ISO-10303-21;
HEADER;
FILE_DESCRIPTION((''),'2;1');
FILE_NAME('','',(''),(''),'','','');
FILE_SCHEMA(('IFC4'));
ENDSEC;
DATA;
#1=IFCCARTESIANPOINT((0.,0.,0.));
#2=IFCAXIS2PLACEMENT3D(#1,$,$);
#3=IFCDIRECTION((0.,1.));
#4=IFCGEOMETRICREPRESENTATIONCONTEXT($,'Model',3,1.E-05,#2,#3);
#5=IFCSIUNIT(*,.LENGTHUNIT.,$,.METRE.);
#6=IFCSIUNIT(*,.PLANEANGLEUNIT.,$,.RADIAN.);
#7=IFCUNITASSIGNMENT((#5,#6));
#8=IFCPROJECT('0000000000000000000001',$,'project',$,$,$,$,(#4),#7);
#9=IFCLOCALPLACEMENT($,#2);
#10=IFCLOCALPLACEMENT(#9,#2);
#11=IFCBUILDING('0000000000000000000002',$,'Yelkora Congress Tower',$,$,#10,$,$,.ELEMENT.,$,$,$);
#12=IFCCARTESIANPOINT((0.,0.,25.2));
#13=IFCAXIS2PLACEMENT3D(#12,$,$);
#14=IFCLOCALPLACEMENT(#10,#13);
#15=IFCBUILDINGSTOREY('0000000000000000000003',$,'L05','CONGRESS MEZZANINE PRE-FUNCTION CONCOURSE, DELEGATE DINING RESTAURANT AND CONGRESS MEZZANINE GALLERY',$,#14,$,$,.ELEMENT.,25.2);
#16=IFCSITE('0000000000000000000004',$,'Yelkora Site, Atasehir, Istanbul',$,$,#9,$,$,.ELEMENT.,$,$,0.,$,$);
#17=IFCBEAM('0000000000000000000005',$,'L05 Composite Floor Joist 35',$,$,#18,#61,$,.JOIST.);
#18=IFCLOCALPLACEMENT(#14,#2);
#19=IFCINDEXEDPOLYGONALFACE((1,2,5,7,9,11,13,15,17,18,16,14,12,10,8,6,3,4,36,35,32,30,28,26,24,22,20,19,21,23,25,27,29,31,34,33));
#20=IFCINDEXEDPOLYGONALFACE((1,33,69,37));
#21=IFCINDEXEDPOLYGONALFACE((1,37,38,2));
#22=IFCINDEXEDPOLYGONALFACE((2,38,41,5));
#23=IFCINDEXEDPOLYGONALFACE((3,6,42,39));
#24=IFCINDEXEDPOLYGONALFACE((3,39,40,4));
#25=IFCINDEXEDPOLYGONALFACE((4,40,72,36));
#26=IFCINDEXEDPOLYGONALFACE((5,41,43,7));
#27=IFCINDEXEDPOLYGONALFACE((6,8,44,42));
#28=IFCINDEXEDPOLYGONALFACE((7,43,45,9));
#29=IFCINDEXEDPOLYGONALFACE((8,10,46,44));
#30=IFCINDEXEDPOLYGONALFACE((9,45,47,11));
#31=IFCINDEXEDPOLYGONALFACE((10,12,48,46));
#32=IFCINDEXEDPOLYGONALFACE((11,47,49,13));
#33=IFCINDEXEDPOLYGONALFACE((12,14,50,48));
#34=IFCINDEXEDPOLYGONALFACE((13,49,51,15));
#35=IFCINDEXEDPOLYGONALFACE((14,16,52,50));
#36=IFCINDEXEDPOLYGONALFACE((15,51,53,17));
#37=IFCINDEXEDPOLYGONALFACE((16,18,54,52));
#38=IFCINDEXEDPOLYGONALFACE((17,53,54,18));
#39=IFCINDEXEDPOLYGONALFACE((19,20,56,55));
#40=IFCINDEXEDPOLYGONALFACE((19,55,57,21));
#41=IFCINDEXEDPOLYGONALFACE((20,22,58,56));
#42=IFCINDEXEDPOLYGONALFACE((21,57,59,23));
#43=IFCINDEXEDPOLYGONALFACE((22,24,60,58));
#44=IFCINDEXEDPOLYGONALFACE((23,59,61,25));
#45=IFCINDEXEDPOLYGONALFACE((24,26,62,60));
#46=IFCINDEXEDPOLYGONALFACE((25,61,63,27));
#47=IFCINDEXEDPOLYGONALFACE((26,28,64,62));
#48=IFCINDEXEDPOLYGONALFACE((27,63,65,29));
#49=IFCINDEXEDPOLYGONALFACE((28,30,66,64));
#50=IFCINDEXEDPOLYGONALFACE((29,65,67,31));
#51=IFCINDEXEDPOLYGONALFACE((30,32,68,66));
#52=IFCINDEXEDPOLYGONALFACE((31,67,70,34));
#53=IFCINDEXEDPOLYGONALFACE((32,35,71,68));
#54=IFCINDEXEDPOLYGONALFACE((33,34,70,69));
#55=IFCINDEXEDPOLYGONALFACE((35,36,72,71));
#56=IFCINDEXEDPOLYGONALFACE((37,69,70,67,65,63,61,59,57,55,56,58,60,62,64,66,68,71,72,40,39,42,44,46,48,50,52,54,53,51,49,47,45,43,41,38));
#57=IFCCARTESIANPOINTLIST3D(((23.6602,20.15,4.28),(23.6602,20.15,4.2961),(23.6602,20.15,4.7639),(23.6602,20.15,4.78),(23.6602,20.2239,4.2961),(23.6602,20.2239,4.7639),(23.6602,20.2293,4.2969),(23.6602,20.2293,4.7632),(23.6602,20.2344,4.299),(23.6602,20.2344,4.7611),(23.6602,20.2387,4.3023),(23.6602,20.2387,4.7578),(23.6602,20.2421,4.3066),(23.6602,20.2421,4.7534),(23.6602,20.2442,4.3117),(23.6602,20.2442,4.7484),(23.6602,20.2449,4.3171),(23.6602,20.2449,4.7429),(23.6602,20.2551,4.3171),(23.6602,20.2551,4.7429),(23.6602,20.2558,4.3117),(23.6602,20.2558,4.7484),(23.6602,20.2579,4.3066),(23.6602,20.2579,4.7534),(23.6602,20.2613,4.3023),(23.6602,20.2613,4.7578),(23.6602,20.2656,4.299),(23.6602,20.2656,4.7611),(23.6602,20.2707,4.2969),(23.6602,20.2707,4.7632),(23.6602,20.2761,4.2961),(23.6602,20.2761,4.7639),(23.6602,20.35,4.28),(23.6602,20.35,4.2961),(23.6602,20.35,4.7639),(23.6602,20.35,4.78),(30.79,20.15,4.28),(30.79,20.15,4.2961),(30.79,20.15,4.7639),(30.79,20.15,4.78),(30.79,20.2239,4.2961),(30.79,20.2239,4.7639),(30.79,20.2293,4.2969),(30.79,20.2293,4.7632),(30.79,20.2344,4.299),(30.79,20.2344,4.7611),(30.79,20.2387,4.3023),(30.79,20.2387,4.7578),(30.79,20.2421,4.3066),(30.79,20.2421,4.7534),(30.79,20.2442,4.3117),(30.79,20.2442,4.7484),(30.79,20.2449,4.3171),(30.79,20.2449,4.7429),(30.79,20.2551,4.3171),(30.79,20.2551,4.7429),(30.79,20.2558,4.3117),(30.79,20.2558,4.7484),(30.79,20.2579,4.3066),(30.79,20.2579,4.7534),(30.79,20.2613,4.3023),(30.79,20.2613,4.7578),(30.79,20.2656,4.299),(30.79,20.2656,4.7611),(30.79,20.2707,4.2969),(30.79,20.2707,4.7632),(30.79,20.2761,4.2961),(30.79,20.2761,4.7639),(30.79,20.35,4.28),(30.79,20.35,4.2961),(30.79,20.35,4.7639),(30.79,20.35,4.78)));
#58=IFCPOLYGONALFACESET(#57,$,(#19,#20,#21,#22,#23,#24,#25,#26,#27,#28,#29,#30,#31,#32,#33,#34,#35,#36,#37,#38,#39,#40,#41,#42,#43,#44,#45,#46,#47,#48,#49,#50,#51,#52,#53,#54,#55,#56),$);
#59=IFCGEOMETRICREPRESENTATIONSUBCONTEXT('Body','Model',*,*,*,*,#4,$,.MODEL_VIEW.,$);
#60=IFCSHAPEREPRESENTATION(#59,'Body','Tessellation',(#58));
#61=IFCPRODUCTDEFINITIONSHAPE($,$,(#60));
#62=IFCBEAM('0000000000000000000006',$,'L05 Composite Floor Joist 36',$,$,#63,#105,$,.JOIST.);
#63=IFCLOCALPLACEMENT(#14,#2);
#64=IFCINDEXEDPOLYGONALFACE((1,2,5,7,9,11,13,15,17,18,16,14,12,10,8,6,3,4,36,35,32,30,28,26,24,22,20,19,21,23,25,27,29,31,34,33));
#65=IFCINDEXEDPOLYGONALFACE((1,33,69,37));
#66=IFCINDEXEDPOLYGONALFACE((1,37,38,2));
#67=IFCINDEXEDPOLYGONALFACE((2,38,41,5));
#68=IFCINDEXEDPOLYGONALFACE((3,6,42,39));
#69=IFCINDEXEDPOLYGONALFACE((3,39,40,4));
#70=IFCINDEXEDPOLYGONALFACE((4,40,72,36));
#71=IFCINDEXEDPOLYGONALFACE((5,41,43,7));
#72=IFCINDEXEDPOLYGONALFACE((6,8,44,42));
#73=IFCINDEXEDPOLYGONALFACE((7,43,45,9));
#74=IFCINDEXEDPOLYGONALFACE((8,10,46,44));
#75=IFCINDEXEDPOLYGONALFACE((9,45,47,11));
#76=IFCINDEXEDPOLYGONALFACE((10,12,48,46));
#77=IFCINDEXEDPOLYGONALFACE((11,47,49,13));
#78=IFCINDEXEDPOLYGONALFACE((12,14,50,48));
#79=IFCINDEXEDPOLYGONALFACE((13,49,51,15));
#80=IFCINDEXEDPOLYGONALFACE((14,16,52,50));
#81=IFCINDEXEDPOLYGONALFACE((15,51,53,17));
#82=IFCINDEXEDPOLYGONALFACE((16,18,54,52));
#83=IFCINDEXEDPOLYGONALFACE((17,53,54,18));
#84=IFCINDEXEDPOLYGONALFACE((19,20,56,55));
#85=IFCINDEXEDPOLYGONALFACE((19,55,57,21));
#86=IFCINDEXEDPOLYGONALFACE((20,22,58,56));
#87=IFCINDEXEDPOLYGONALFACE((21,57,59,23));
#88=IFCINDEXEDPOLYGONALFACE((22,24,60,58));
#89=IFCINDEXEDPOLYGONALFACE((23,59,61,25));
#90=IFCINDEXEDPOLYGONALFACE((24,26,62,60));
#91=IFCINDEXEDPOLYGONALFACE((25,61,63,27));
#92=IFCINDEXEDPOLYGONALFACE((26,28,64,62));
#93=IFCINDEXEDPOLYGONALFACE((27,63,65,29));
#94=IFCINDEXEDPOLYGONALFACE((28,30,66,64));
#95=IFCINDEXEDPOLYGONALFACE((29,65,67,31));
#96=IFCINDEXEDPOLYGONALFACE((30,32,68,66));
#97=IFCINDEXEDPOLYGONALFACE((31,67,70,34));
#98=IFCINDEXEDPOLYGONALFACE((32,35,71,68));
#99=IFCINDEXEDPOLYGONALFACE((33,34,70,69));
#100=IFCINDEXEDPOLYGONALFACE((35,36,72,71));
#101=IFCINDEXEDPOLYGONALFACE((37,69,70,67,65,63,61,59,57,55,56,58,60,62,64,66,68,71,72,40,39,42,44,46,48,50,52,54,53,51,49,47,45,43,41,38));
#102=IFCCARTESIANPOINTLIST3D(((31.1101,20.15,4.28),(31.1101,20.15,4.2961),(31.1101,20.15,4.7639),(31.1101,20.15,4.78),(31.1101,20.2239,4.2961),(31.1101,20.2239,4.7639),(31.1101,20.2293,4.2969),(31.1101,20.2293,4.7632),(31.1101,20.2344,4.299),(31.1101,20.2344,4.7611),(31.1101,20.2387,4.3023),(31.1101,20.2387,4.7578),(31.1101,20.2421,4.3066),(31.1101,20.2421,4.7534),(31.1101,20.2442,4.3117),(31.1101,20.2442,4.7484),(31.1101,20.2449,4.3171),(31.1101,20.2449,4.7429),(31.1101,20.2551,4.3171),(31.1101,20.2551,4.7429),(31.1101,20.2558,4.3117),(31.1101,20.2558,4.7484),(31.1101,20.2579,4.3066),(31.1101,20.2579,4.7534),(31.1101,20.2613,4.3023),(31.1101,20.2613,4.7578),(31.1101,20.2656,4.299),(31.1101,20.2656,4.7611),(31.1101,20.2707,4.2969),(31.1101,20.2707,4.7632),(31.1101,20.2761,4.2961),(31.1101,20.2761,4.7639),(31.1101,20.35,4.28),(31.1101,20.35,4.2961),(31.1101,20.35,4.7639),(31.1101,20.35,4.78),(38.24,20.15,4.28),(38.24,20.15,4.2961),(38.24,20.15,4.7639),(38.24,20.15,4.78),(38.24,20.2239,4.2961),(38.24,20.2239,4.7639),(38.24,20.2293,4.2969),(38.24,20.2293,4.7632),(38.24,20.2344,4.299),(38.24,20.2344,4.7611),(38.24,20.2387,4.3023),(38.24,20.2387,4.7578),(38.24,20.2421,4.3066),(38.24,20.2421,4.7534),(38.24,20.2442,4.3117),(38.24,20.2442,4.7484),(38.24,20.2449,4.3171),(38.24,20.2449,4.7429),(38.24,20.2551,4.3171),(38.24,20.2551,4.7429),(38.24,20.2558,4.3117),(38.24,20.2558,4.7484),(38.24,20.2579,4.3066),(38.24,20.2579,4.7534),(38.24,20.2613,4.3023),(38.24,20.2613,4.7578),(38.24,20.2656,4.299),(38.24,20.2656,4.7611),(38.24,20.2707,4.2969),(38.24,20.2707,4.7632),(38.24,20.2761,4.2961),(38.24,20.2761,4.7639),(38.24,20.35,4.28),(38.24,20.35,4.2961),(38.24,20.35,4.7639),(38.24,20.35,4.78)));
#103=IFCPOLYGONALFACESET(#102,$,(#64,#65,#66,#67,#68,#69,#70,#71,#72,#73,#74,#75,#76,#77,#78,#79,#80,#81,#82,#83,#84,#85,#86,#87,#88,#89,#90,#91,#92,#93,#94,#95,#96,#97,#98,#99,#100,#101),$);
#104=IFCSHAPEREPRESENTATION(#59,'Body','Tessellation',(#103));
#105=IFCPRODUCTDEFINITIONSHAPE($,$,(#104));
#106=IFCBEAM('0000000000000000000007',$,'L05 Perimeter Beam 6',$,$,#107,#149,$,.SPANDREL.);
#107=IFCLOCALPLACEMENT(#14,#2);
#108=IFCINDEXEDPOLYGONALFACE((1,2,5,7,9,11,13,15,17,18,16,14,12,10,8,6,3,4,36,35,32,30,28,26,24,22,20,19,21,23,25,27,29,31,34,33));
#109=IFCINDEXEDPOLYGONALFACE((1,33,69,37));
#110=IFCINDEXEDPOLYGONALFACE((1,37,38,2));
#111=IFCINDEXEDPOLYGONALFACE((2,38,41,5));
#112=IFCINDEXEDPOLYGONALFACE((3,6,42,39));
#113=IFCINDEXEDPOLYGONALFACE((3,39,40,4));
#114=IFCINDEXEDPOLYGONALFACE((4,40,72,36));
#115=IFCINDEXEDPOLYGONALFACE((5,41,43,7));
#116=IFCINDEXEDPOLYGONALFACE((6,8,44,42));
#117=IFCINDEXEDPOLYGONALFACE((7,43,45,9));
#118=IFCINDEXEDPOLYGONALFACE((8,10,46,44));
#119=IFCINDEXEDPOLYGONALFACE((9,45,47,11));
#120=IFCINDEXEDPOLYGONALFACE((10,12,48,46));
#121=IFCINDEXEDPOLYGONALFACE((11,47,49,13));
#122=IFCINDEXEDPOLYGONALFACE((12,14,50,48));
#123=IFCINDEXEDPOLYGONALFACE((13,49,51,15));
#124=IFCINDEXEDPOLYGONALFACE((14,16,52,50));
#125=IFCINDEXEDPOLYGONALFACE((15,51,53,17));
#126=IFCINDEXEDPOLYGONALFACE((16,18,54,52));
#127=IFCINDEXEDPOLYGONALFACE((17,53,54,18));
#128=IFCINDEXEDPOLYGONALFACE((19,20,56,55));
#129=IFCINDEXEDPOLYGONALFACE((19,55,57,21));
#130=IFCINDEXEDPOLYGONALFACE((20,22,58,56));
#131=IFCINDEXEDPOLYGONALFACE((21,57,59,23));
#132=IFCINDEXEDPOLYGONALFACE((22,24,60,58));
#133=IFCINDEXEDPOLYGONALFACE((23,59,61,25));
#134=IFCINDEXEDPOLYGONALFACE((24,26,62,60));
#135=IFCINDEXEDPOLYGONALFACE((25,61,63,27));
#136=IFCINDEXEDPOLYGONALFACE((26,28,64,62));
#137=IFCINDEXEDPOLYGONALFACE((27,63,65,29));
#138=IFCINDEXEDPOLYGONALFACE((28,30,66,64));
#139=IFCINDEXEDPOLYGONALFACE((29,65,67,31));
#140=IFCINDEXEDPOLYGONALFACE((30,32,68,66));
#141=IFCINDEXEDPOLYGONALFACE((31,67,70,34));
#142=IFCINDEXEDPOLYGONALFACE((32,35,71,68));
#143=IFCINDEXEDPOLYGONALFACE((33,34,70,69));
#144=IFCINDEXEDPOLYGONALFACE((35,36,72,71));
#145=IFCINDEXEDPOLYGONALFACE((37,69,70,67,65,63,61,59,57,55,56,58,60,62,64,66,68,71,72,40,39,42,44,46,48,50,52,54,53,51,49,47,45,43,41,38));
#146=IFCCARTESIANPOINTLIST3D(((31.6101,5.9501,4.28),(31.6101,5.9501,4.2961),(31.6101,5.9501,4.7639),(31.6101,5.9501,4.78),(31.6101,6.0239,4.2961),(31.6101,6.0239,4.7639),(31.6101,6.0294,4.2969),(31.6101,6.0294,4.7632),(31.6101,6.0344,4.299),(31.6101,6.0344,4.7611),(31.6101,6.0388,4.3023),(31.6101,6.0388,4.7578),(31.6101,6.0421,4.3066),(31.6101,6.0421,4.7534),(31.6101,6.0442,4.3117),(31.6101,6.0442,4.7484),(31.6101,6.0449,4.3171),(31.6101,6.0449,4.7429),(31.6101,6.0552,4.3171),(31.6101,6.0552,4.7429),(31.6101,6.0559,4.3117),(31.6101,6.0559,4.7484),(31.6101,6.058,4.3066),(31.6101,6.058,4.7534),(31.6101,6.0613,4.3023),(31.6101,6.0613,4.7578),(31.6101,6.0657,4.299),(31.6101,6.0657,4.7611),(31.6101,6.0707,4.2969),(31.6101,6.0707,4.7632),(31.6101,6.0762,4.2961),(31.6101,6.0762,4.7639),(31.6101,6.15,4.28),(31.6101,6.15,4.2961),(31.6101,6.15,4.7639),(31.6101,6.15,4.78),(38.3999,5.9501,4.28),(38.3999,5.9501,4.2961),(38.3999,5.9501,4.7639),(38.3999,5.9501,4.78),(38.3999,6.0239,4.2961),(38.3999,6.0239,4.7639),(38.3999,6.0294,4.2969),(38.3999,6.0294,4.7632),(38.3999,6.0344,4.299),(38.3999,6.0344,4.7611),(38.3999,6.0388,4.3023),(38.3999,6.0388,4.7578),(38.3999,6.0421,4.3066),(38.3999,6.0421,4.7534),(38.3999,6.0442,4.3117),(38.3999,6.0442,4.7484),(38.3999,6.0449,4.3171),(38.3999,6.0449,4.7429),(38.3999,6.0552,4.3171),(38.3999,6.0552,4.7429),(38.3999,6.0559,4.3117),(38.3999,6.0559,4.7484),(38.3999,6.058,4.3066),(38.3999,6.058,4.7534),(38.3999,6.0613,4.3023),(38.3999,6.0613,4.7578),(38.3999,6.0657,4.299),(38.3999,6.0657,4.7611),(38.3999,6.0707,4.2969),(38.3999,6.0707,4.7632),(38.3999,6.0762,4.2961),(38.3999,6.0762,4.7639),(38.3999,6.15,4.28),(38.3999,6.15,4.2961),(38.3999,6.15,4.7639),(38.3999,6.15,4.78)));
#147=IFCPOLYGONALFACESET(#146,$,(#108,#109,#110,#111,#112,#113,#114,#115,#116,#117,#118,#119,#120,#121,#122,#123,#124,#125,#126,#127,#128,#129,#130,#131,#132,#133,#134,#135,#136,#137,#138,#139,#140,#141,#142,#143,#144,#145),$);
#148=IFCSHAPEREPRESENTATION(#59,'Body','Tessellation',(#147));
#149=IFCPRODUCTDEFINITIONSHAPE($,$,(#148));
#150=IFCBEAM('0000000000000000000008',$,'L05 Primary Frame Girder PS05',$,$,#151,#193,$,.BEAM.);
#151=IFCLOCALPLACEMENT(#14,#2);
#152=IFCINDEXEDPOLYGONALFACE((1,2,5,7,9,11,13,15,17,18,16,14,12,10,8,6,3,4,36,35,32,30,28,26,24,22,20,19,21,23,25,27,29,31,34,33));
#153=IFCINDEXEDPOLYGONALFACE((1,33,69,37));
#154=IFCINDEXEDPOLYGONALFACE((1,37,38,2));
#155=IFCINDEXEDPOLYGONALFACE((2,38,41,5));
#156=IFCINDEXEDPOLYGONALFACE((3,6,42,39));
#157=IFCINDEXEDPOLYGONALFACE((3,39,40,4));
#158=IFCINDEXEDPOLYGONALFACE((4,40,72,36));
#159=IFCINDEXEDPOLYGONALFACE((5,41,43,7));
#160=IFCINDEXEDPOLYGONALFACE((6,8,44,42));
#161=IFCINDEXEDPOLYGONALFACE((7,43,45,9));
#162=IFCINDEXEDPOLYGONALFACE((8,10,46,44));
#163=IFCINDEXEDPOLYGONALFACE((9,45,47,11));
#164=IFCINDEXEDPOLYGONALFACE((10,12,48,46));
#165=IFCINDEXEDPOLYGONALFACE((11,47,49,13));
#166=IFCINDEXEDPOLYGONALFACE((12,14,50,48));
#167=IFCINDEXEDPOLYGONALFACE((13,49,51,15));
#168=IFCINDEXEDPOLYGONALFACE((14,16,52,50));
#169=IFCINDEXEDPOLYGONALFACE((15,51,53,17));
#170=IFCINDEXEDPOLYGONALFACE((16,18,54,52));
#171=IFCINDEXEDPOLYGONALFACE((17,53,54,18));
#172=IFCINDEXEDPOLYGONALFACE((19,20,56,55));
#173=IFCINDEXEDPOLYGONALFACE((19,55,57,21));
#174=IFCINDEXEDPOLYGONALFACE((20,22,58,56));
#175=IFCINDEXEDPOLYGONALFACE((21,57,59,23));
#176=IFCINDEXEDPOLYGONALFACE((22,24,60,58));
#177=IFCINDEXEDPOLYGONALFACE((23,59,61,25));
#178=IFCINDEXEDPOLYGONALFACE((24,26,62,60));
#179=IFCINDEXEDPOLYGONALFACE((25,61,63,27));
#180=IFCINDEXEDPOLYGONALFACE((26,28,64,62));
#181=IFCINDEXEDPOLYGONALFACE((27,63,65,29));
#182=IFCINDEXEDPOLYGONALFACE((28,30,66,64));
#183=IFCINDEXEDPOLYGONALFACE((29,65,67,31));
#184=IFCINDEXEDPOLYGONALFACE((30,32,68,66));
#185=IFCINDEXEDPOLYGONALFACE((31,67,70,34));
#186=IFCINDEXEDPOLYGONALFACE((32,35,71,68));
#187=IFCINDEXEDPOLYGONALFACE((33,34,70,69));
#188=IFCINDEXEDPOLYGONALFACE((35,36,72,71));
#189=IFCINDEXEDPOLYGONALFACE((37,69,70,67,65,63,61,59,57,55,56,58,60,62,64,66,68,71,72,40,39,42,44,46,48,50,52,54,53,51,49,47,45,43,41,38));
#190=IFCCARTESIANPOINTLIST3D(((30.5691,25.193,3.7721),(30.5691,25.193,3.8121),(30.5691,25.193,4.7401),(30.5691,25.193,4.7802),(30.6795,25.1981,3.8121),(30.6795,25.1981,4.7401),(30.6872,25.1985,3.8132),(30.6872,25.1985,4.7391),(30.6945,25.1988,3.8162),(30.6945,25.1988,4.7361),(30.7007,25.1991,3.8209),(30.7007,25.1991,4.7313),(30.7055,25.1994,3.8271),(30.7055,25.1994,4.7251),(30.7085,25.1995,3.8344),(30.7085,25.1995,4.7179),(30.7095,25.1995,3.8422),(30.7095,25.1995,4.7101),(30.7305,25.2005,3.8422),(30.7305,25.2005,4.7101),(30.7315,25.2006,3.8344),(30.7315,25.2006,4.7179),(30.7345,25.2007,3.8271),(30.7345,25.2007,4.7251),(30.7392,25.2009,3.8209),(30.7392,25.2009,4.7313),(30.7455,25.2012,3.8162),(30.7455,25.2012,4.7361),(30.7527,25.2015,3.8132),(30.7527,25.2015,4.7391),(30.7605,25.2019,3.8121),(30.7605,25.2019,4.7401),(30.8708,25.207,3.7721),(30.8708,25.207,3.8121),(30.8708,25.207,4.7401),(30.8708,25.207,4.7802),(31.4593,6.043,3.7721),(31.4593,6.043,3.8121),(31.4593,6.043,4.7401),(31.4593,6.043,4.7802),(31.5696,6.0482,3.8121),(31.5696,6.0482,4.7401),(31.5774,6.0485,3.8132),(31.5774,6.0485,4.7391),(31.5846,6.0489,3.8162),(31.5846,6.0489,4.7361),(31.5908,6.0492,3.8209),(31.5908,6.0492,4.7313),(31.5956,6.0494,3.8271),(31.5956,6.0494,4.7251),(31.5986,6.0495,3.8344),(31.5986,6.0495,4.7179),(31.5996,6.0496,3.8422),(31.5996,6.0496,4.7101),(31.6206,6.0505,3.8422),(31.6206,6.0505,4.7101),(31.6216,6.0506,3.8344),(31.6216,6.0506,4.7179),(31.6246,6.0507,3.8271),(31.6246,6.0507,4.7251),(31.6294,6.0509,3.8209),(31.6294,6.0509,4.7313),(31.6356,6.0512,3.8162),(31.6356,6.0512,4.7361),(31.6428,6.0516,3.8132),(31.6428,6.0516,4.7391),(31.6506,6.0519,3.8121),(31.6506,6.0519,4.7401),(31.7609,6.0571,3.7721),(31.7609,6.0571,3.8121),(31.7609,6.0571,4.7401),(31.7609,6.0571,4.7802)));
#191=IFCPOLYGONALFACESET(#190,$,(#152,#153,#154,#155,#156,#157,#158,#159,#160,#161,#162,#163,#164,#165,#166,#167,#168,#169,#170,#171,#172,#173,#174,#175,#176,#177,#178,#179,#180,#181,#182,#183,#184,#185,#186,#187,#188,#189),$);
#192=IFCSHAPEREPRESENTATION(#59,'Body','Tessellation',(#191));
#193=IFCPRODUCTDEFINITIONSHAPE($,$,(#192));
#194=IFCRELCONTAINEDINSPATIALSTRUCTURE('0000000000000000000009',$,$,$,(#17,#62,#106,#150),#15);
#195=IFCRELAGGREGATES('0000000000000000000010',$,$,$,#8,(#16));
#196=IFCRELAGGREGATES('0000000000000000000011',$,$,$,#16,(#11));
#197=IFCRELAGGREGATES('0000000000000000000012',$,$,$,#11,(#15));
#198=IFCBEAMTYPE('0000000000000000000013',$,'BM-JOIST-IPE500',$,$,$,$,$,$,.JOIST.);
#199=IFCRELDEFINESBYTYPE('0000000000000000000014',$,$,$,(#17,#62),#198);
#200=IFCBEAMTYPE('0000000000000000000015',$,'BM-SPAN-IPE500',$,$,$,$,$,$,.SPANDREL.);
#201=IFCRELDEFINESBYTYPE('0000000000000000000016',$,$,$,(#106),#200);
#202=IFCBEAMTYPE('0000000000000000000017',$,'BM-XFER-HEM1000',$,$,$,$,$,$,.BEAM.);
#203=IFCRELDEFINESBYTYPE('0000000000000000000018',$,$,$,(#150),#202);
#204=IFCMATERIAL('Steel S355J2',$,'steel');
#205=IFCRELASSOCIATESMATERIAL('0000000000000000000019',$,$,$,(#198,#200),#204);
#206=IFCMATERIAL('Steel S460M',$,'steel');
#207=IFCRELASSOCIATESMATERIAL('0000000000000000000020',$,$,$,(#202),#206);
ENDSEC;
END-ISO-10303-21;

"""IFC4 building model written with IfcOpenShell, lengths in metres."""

from ifc_helpers import new_model, si_unit, direction, frame, origin, origin_2d, place, context, subcontext, project, spatial, i_section, extrude, material, material_profile, profile_set, type_object, element, save


model = new_model("IFC4")

# Units and contexts
model_context = context("Model", 3, precision=1e-05, world=origin(), true_north=direction((0.0, 1.0)))
body_context = subcontext(model_context, "Body", "Model", "MODEL_VIEW")
ifc_project = project(units=[si_unit("LENGTHUNIT", "METRE"), si_unit("PLANEANGLEUNIT", "RADIAN")], contexts=[model_context])

# Site, building, storey
site_placement = place(None, origin())
site = spatial("IfcSite", under=ifc_project, at=site_placement, Name="Yelkora Site, Atasehir, Istanbul", CompositionType="ELEMENT", RefElevation=0.0)
building_placement = place(site_placement, origin())
building = spatial("IfcBuilding", under=site, at=building_placement, Name="Yelkora Congress Tower", CompositionType="ELEMENT")
storey_placement = place(building_placement, frame((0.0, 0.0, 25.2)))
storey = spatial("IfcBuildingStorey", under=building, at=storey_placement, Name="L05", Description="CONGRESS MEZZANINE PRE-FUNCTION CONCOURSE, DELEGATE DINING RESTAURANT AND CONGRESS MEZZANINE GALLERY", CompositionType="ELEMENT", Elevation=25.2)

# Beams
ifc_material_1 = material(Name="Steel S355J2", Category="steel")
ifc_material_profile_1 = material_profile(ifc_material_1, i_section(OverallWidth=0.2, OverallDepth=0.5, WebThickness=0.0103, FlangeThickness=0.0161, FilletRadius=0.021, at=origin_2d()), Name="IPE 500")
ifc_profile_set_1 = profile_set([ifc_material_profile_1], Name="Steel S355J2")
beam_type_1 = type_object("IfcBeamType", Name="BM-JOIST-IPE500", PredefinedType="JOIST", material=ifc_profile_set_1)
for number, where, z_axis, x_axis, name in (
    (1, (23.6602, 20.25, 4.53), (1.0, 0.0, 0.0), (0.0, 1.0, 0.0), "L05 Composite Floor Joist 35"),
    (2, (31.1101, 20.25, 4.53), (1.0, 0.0, 0.0), (0.0, 1.0, 0.0), "L05 Composite Floor Joist 36"),
):
    element("IfcBeam", number, at=place(storey_placement, frame(where, z_axis=z_axis, x_axis=x_axis)), inside=storey, type_object=beam_type_1, Name=name, PredefinedType="JOIST", context=body_context, shape_type="SweptSolid", body=[
        extrude(i_section(OverallWidth=0.2, OverallDepth=0.5, WebThickness=0.0103, FlangeThickness=0.0161, FilletRadius=0.021, at=origin_2d()), origin(), (0.0, 0.0, 1.0), 7.1299),
    ])
ifc_material_profile_2 = material_profile(ifc_material_1, i_section(OverallWidth=0.2, OverallDepth=0.5, WebThickness=0.0103, FlangeThickness=0.0161, FilletRadius=0.021, at=origin_2d()), Name="IPE 500")
ifc_profile_set_2 = profile_set([ifc_material_profile_2], Name="Steel S355J2")
beam_type_2 = type_object("IfcBeamType", Name="BM-SPAN-IPE500", PredefinedType="SPANDREL", material=ifc_profile_set_2)
beam_1_placement = place(storey_placement, frame((31.6101, 6.05, 4.53), z_axis=(1.0, 0.0, 0.0), x_axis=(0.0, 1.0, 0.0)))
element("IfcBeam", 3, at=beam_1_placement, inside=storey, type_object=beam_type_2, Name="L05 Perimeter Beam 6", PredefinedType="SPANDREL", context=body_context, shape_type="SweptSolid", body=[
    extrude(i_section(OverallWidth=0.2, OverallDepth=0.5, WebThickness=0.0103, FlangeThickness=0.0161, FilletRadius=0.021, at=origin_2d()), origin(), (0.0, 0.0, 1.0), 6.7898),
])
ifc_material_2 = material(Name="Steel S460M", Category="steel")
ifc_material_profile_3 = material_profile(ifc_material_2, i_section(OverallWidth=0.302, OverallDepth=1.0081, WebThickness=0.021, FlangeThickness=0.04, FilletRadius=0.03, at=origin_2d()), Name="HEM 1000")
ifc_profile_set_3 = profile_set([ifc_material_profile_3], Name="Steel S460M")
beam_type_3 = type_object("IfcBeamType", Name="BM-XFER-HEM1000", PredefinedType="BEAM", material=ifc_profile_set_3)
beam_2_placement = place(storey_placement, frame((31.6101, 6.05, 4.2761), z_axis=(-0.046432, 0.998921, 0.0), x_axis=(-0.998921, -0.046432, 0.0)))
element("IfcBeam", 4, at=beam_2_placement, inside=storey, type_object=beam_type_3, Name="L05 Primary Frame Girder PS05", PredefinedType="BEAM", context=body_context, shape_type="SweptSolid", body=[
    extrude(i_section(OverallWidth=0.302, OverallDepth=1.0081, WebThickness=0.021, FlangeThickness=0.04, FilletRadius=0.03, at=origin_2d()), origin(), (0.0, 0.0, 1.0), 19.1707),
])

save(model, "model.ifc")
